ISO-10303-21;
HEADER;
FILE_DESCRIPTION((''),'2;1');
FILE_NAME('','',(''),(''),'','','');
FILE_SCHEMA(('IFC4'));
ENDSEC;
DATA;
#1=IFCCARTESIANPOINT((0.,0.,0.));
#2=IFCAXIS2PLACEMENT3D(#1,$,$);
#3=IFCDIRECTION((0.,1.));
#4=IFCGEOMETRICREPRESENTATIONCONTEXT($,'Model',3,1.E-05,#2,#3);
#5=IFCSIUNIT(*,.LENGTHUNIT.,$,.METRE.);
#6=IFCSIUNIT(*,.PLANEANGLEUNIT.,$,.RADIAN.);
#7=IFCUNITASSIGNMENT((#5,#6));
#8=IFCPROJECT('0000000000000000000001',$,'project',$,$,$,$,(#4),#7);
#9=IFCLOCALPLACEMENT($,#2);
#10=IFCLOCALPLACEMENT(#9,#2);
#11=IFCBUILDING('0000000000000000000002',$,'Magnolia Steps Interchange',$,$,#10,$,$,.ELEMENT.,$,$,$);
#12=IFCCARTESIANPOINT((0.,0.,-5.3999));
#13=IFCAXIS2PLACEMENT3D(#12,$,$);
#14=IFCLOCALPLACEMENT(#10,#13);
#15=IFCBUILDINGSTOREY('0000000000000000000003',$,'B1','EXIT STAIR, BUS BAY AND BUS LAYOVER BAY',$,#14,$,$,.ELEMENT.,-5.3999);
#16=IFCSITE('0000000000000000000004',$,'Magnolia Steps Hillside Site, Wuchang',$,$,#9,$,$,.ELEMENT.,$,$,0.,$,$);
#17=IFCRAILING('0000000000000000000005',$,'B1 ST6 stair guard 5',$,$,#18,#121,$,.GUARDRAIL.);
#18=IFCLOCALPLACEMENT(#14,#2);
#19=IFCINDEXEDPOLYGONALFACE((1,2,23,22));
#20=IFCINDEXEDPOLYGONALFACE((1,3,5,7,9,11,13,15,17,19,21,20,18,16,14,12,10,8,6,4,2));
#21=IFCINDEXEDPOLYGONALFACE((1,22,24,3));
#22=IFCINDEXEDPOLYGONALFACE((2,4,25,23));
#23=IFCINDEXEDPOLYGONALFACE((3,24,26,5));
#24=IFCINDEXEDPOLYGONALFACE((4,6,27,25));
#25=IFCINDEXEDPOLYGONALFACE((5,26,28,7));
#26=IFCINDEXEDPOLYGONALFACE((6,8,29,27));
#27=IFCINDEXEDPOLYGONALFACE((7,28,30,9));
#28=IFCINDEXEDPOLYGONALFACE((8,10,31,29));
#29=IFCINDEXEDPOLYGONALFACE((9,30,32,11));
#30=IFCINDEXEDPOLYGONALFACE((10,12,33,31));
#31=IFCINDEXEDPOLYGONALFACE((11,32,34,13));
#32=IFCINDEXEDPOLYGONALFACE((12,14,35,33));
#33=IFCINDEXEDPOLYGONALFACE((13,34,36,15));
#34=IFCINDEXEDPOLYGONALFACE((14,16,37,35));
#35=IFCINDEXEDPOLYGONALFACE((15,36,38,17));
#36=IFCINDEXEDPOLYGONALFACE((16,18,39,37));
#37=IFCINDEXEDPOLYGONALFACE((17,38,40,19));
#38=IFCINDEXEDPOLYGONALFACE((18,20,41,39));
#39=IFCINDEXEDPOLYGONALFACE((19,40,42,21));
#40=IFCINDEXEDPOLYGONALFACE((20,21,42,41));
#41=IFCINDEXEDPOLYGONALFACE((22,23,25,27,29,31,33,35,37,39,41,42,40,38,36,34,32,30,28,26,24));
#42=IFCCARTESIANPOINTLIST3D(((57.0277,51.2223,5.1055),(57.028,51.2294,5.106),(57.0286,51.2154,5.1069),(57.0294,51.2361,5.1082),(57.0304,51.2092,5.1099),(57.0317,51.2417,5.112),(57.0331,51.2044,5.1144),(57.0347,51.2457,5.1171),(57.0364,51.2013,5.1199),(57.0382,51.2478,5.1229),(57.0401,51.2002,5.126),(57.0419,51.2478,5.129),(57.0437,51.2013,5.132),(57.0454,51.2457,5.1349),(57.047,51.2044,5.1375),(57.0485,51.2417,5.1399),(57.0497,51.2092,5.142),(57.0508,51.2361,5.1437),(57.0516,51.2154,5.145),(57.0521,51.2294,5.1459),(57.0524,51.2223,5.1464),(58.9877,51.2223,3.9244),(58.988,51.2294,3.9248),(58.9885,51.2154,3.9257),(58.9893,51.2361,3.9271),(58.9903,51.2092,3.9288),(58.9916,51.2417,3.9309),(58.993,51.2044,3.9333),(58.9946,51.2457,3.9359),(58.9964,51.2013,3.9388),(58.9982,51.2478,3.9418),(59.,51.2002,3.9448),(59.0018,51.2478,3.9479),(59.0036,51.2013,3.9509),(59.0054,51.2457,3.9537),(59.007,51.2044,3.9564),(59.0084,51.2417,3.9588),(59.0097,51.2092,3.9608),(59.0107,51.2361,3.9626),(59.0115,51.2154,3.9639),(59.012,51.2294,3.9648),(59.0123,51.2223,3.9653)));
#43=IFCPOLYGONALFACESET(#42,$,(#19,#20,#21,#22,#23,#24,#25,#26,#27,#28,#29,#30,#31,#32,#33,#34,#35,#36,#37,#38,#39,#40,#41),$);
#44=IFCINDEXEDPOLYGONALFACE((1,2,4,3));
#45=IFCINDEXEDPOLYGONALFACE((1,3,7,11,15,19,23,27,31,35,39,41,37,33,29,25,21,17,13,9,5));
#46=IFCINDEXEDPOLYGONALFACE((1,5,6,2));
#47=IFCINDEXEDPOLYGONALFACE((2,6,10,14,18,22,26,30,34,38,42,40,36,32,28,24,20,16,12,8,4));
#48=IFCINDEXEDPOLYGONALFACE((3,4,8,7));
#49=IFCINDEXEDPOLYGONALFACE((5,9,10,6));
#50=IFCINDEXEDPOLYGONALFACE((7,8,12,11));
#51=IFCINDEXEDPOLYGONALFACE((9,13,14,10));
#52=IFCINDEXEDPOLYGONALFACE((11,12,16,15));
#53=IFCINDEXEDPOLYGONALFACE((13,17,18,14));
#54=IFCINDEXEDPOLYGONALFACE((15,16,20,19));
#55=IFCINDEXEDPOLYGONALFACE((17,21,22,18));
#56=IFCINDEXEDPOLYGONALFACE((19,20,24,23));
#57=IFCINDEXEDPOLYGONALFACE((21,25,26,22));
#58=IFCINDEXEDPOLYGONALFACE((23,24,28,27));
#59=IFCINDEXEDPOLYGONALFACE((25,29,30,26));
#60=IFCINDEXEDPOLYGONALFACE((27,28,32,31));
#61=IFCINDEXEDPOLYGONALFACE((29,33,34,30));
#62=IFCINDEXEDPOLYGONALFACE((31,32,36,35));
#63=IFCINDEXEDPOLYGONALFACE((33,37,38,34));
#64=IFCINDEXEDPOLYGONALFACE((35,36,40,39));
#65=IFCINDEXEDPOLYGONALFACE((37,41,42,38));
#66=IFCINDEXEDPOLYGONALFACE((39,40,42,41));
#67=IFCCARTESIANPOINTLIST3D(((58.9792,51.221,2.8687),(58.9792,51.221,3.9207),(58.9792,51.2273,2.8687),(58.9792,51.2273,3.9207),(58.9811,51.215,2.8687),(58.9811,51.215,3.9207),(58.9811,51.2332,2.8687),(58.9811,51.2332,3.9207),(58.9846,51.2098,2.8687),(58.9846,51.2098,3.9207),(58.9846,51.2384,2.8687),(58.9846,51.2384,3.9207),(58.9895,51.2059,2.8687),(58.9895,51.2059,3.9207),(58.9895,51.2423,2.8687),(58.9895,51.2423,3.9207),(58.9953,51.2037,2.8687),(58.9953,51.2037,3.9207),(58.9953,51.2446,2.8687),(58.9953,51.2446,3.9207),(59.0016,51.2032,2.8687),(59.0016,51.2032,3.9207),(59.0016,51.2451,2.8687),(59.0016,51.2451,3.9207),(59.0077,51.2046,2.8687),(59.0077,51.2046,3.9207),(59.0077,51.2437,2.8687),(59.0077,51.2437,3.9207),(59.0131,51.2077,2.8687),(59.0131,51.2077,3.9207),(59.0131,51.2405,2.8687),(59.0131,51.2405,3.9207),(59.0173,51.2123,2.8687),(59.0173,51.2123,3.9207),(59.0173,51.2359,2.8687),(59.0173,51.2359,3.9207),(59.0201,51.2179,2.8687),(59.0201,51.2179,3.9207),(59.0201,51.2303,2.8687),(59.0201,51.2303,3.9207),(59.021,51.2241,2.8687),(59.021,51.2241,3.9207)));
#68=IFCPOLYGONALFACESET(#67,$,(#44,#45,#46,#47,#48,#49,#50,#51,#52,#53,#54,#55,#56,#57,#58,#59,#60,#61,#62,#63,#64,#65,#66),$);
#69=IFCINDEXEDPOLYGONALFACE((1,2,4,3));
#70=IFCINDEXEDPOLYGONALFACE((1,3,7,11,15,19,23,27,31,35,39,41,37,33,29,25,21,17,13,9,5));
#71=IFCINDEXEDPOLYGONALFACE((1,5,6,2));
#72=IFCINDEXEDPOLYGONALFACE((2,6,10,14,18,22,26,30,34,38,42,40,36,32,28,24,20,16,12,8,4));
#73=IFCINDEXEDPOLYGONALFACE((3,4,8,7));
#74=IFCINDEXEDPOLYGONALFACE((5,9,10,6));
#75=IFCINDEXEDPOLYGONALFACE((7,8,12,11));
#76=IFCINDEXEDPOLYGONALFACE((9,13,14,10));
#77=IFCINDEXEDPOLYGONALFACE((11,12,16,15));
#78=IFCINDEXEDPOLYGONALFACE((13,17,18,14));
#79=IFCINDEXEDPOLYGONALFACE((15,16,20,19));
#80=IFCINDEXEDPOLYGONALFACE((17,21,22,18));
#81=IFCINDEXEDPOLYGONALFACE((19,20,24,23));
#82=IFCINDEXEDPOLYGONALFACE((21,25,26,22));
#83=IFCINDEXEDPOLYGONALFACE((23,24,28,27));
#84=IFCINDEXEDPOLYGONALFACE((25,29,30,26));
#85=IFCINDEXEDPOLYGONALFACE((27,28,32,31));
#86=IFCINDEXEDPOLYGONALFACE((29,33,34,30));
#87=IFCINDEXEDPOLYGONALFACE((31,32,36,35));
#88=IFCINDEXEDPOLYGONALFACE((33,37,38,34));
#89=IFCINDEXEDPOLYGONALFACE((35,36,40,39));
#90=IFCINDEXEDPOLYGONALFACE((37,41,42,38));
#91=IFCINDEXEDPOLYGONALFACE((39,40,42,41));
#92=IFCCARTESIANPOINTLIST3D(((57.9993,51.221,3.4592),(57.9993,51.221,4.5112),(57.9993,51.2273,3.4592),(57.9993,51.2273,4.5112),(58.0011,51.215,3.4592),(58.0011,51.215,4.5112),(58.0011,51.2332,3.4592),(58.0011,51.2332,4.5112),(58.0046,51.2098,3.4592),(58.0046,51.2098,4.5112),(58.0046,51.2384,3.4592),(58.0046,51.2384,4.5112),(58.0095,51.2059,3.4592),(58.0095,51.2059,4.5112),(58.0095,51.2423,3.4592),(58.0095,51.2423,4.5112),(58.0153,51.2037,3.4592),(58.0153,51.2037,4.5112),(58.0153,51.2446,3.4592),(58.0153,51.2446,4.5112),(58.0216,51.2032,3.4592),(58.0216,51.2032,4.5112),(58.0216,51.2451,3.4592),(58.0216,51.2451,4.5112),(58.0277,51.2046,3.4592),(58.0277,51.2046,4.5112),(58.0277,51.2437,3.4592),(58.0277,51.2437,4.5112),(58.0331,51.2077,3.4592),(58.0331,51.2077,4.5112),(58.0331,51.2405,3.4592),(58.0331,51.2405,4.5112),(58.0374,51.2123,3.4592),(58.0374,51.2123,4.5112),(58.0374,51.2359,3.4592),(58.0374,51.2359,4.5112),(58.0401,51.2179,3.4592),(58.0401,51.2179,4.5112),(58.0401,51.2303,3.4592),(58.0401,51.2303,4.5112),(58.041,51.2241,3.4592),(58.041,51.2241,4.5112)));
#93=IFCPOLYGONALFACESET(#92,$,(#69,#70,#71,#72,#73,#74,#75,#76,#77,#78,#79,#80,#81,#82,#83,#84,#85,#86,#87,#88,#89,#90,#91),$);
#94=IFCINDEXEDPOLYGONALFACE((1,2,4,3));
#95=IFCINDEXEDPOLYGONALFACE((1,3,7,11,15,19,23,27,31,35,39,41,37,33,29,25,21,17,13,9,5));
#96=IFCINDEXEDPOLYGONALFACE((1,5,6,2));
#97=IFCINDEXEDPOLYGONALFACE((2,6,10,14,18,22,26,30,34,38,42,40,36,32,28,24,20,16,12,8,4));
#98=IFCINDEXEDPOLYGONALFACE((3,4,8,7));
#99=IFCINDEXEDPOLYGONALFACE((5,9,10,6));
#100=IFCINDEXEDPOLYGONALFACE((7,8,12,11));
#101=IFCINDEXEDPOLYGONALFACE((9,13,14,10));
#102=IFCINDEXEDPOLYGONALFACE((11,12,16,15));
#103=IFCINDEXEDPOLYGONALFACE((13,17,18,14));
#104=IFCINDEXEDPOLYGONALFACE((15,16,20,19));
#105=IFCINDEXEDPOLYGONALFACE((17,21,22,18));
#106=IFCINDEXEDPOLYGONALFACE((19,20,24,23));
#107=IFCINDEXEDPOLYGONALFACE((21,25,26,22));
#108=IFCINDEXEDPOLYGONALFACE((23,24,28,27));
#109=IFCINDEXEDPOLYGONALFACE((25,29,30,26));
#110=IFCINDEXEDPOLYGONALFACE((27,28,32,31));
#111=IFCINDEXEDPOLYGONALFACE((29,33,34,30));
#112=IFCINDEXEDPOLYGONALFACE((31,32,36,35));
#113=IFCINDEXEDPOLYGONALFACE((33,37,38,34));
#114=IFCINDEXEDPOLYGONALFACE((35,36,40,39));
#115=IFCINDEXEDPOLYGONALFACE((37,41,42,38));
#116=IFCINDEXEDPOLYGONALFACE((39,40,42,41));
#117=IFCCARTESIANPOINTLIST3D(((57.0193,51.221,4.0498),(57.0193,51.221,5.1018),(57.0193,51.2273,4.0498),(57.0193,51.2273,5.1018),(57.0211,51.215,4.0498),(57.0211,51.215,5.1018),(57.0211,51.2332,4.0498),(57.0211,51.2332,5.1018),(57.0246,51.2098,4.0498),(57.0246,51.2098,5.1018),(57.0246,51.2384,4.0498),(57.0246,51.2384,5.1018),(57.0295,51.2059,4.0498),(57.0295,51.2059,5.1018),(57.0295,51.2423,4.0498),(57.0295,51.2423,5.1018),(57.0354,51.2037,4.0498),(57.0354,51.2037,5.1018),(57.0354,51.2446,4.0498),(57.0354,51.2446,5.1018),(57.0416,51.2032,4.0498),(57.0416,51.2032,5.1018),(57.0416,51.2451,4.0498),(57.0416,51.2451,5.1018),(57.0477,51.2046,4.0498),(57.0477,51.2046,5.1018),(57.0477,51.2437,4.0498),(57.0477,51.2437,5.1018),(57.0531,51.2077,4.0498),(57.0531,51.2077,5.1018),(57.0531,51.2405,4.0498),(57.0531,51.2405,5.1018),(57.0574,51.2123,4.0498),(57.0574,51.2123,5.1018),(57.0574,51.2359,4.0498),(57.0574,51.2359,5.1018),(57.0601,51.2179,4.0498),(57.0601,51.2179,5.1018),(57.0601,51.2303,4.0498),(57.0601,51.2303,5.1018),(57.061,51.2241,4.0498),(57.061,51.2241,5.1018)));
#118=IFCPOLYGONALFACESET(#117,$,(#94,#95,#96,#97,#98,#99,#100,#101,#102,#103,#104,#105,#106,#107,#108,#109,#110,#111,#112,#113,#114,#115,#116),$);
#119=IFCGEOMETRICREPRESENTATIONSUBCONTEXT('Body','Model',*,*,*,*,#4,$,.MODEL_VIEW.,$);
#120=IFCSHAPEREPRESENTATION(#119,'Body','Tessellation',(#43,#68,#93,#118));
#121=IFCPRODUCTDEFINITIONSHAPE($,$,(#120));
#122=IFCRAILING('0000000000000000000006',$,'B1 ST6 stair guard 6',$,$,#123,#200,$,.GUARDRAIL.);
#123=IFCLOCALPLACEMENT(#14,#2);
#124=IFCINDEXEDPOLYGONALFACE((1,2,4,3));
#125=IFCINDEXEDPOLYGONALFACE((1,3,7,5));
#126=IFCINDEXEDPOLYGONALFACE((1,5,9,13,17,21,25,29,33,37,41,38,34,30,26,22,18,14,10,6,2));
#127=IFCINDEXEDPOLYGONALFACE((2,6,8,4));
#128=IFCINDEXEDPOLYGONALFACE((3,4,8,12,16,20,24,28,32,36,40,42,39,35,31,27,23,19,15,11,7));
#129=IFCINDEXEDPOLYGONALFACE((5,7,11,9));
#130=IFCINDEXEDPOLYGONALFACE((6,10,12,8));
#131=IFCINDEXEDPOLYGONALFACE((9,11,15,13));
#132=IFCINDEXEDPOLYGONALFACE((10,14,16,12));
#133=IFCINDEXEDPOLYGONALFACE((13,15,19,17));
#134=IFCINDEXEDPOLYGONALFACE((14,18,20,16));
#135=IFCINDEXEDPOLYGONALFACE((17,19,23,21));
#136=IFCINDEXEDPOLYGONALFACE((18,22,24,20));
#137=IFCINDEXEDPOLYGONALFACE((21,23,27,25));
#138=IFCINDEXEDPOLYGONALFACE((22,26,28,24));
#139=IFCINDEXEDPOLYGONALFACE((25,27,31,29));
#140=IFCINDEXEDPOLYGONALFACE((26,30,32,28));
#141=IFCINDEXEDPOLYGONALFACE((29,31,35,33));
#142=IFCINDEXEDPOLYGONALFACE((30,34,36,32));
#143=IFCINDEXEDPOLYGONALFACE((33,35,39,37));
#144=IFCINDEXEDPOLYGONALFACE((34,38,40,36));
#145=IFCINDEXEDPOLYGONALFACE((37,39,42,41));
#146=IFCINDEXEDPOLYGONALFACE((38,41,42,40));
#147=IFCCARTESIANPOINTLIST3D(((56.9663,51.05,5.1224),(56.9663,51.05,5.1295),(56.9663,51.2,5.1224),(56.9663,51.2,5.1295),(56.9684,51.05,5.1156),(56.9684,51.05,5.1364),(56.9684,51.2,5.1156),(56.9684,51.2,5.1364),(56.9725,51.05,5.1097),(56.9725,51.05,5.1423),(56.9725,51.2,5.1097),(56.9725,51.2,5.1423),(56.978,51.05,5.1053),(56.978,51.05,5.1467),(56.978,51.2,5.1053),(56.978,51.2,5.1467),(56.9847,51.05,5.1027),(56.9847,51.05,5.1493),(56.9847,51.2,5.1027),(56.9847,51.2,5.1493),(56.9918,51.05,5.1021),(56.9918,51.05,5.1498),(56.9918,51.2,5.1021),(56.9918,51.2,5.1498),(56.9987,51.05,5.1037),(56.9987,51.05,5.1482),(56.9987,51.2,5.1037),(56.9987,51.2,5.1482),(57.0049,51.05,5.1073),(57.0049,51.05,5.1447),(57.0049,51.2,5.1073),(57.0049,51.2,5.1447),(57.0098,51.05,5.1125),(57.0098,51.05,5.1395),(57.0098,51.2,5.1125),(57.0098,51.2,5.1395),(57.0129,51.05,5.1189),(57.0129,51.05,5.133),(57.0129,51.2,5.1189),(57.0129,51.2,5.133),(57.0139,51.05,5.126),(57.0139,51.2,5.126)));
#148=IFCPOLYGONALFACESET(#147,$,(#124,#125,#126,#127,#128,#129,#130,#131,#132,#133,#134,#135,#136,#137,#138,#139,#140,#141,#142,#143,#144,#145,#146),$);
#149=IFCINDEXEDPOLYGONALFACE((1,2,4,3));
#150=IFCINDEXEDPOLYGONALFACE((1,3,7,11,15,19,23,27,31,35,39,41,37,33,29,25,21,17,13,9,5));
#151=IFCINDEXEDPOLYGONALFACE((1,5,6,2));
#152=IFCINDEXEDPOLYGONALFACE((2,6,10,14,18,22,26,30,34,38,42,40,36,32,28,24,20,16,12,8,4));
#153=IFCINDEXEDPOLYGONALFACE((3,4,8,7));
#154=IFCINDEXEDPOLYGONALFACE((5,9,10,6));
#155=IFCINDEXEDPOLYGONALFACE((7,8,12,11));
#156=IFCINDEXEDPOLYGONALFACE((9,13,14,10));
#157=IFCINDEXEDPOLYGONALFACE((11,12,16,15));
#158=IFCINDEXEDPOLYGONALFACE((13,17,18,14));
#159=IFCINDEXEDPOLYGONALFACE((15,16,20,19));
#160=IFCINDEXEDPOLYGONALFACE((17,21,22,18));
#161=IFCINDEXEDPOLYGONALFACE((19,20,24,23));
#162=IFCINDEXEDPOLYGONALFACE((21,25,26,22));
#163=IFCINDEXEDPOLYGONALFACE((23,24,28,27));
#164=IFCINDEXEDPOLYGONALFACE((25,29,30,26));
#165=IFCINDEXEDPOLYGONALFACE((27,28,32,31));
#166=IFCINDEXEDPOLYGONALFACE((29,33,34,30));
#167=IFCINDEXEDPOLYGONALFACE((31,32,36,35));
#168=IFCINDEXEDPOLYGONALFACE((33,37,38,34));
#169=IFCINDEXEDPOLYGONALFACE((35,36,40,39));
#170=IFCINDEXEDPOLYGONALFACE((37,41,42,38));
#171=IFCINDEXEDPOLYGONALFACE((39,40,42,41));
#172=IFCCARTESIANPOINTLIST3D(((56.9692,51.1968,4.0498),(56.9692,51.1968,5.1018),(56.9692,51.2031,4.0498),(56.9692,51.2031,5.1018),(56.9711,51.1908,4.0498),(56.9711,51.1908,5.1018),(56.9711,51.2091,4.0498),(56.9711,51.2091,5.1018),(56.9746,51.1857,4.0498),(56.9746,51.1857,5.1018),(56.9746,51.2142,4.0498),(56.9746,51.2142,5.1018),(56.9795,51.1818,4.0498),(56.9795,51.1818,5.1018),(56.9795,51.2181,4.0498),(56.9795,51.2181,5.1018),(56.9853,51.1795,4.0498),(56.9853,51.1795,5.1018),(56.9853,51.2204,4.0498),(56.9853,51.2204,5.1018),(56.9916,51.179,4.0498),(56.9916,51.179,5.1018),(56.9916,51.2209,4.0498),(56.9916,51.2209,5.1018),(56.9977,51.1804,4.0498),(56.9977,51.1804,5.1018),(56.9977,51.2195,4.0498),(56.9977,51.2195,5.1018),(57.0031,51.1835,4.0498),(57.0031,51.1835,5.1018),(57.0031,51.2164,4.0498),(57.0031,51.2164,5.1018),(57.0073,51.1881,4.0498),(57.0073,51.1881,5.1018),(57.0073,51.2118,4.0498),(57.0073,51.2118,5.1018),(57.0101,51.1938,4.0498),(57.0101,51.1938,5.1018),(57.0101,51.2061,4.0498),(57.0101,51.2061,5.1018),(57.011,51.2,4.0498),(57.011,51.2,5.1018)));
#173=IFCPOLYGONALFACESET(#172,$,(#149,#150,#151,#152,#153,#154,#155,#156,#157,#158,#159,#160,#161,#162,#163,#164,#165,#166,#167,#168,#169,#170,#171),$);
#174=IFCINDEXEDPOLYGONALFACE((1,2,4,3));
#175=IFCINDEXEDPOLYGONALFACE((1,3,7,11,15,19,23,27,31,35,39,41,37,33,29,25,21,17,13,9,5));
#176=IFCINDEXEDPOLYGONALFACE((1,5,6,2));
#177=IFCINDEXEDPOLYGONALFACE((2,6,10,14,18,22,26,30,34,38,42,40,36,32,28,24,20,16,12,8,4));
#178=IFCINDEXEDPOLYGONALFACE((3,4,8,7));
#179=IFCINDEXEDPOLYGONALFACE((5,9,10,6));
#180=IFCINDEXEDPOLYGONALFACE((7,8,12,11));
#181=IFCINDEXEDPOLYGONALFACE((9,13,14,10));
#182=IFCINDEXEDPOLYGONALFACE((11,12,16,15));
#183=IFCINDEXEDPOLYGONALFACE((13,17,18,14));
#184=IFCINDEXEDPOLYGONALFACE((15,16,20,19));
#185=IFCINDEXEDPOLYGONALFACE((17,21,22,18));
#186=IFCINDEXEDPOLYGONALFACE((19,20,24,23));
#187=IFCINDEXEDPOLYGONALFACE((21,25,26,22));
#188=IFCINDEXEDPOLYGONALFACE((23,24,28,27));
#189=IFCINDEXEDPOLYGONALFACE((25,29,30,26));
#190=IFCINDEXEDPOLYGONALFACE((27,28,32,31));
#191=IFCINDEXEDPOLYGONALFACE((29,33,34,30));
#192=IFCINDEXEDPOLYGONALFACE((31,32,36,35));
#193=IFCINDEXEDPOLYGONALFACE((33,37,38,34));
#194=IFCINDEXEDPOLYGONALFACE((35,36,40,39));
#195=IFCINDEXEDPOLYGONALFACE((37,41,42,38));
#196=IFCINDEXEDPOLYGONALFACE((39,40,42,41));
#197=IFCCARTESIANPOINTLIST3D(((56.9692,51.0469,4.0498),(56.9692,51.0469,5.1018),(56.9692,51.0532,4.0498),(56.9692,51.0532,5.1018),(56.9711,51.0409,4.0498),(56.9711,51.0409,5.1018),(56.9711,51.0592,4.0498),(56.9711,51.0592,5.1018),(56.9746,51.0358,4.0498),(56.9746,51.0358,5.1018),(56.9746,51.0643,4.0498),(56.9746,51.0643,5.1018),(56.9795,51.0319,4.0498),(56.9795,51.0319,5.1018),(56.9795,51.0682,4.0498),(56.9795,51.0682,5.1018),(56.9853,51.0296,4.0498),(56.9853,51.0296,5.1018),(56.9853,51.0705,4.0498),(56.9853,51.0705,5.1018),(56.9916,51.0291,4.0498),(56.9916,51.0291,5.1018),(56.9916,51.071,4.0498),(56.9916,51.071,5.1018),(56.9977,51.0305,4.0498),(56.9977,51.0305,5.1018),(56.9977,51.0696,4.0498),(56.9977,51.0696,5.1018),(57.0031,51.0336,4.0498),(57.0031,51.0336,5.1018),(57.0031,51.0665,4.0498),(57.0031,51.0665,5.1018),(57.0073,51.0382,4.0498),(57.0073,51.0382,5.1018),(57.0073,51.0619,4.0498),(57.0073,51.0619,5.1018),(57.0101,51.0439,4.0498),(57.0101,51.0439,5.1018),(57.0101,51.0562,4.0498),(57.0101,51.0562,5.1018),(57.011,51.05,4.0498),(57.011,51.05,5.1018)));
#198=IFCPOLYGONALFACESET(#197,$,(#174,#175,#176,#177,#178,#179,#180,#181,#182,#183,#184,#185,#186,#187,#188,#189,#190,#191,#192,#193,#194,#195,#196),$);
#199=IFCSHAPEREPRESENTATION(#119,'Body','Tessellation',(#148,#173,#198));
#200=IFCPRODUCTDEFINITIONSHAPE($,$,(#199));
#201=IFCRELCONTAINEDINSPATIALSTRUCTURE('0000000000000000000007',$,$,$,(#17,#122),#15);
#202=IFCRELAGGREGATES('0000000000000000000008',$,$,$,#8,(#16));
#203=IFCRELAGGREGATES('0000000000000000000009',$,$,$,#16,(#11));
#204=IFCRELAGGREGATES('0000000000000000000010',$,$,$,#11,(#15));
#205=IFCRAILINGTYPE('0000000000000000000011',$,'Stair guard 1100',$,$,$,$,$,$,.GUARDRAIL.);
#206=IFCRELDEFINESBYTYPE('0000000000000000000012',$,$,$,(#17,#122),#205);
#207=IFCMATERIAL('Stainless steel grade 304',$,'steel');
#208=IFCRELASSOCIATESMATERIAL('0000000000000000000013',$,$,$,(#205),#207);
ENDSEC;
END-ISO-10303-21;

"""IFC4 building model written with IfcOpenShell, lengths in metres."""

from ifc_helpers import new_model, si_unit, direction, frame, origin, origin_2d, place, context, subcontext, project, spatial, circle, extrude, material, type_object, element, save


model = new_model("IFC4")

# Units and contexts
model_context = context("Model", 3, precision=1e-05, world=origin(), true_north=direction((0.0, 1.0)))
body_context = subcontext(model_context, "Body", "Model", "MODEL_VIEW")
ifc_project = project(units=[si_unit("LENGTHUNIT", "METRE"), si_unit("PLANEANGLEUNIT", "RADIAN")], contexts=[model_context])

# Site, building, storey
site_placement = place(None, origin())
site = spatial("IfcSite", under=ifc_project, at=site_placement, Name="Magnolia Steps Hillside Site, Wuchang", CompositionType="ELEMENT", RefElevation=0.0)
building_placement = place(site_placement, origin())
building = spatial("IfcBuilding", under=site, at=building_placement, Name="Magnolia Steps Interchange", CompositionType="ELEMENT")
storey_placement = place(building_placement, frame((0.0, 0.0, -5.3999)))
storey = spatial("IfcBuildingStorey", under=building, at=storey_placement, Name="B1", Description="EXIT STAIR, BUS BAY AND BUS LAYOVER BAY", CompositionType="ELEMENT", Elevation=-5.3999)

# Railings
ifc_material_1 = material(Name="Stainless steel grade 304", Category="steel")
railing_type_1 = type_object("IfcRailingType", Name="Stair guard 1100", PredefinedType="GUARDRAIL", material=ifc_material_1)
railing_1_placement = place(storey_placement, frame((59.0, 51.2241, 2.8687)))
element("IfcRailing", 1, at=railing_1_placement, inside=storey, type_object=railing_type_1, Name="B1 ST6 stair guard 5", PredefinedType="GUARDRAIL", context=body_context, shape_type="SweptSolid", body=[
    extrude(circle(Radius=0.0239, at=origin_2d()), frame((0.0, 0.0, 1.0762), z_axis=(-0.856493, 0.0, 0.516158), x_axis=(0.0, -1.0, 0.0)), (0.0, 0.0, 1.0), 2.2883),
    extrude(circle(Radius=0.021, at=origin_2d()), origin(), (0.0, 0.0, 1.0), 1.052),
    extrude(circle(Radius=0.021, at=origin_2d()), frame((-0.98, 0.0, 0.5906)), (0.0, 0.0, 1.0), 1.052),
    extrude(circle(Radius=0.021, at=origin_2d()), frame((-1.96, 0.0, 1.1812)), (0.0, 0.0, 1.0), 1.052),
])
for number, where, name in (
    (2, (56.99, 51.2, 4.0498), "B1 ST6 stair guard 6"),
):
    element("IfcRailing", number, at=place(storey_placement, frame(where)), inside=storey, type_object=railing_type_1, Name=name, PredefinedType="GUARDRAIL", context=body_context, shape_type="SweptSolid", body=[
        extrude(circle(Radius=0.0239, at=origin_2d()), frame((0.0, 0.0, 1.0762), z_axis=(0.0, -1.0, 0.0), x_axis=(1.0, 0.0, 0.0)), (0.0, 0.0, 1.0), 0.1499),
        extrude(circle(Radius=0.021, at=origin_2d()), origin(), (0.0, 0.0, 1.0), 1.052),
        extrude(circle(Radius=0.021, at=origin_2d()), frame((0.0, -0.1499, 0.0)), (0.0, 0.0, 1.0), 1.052),
    ])

save(model, "model.ifc")
